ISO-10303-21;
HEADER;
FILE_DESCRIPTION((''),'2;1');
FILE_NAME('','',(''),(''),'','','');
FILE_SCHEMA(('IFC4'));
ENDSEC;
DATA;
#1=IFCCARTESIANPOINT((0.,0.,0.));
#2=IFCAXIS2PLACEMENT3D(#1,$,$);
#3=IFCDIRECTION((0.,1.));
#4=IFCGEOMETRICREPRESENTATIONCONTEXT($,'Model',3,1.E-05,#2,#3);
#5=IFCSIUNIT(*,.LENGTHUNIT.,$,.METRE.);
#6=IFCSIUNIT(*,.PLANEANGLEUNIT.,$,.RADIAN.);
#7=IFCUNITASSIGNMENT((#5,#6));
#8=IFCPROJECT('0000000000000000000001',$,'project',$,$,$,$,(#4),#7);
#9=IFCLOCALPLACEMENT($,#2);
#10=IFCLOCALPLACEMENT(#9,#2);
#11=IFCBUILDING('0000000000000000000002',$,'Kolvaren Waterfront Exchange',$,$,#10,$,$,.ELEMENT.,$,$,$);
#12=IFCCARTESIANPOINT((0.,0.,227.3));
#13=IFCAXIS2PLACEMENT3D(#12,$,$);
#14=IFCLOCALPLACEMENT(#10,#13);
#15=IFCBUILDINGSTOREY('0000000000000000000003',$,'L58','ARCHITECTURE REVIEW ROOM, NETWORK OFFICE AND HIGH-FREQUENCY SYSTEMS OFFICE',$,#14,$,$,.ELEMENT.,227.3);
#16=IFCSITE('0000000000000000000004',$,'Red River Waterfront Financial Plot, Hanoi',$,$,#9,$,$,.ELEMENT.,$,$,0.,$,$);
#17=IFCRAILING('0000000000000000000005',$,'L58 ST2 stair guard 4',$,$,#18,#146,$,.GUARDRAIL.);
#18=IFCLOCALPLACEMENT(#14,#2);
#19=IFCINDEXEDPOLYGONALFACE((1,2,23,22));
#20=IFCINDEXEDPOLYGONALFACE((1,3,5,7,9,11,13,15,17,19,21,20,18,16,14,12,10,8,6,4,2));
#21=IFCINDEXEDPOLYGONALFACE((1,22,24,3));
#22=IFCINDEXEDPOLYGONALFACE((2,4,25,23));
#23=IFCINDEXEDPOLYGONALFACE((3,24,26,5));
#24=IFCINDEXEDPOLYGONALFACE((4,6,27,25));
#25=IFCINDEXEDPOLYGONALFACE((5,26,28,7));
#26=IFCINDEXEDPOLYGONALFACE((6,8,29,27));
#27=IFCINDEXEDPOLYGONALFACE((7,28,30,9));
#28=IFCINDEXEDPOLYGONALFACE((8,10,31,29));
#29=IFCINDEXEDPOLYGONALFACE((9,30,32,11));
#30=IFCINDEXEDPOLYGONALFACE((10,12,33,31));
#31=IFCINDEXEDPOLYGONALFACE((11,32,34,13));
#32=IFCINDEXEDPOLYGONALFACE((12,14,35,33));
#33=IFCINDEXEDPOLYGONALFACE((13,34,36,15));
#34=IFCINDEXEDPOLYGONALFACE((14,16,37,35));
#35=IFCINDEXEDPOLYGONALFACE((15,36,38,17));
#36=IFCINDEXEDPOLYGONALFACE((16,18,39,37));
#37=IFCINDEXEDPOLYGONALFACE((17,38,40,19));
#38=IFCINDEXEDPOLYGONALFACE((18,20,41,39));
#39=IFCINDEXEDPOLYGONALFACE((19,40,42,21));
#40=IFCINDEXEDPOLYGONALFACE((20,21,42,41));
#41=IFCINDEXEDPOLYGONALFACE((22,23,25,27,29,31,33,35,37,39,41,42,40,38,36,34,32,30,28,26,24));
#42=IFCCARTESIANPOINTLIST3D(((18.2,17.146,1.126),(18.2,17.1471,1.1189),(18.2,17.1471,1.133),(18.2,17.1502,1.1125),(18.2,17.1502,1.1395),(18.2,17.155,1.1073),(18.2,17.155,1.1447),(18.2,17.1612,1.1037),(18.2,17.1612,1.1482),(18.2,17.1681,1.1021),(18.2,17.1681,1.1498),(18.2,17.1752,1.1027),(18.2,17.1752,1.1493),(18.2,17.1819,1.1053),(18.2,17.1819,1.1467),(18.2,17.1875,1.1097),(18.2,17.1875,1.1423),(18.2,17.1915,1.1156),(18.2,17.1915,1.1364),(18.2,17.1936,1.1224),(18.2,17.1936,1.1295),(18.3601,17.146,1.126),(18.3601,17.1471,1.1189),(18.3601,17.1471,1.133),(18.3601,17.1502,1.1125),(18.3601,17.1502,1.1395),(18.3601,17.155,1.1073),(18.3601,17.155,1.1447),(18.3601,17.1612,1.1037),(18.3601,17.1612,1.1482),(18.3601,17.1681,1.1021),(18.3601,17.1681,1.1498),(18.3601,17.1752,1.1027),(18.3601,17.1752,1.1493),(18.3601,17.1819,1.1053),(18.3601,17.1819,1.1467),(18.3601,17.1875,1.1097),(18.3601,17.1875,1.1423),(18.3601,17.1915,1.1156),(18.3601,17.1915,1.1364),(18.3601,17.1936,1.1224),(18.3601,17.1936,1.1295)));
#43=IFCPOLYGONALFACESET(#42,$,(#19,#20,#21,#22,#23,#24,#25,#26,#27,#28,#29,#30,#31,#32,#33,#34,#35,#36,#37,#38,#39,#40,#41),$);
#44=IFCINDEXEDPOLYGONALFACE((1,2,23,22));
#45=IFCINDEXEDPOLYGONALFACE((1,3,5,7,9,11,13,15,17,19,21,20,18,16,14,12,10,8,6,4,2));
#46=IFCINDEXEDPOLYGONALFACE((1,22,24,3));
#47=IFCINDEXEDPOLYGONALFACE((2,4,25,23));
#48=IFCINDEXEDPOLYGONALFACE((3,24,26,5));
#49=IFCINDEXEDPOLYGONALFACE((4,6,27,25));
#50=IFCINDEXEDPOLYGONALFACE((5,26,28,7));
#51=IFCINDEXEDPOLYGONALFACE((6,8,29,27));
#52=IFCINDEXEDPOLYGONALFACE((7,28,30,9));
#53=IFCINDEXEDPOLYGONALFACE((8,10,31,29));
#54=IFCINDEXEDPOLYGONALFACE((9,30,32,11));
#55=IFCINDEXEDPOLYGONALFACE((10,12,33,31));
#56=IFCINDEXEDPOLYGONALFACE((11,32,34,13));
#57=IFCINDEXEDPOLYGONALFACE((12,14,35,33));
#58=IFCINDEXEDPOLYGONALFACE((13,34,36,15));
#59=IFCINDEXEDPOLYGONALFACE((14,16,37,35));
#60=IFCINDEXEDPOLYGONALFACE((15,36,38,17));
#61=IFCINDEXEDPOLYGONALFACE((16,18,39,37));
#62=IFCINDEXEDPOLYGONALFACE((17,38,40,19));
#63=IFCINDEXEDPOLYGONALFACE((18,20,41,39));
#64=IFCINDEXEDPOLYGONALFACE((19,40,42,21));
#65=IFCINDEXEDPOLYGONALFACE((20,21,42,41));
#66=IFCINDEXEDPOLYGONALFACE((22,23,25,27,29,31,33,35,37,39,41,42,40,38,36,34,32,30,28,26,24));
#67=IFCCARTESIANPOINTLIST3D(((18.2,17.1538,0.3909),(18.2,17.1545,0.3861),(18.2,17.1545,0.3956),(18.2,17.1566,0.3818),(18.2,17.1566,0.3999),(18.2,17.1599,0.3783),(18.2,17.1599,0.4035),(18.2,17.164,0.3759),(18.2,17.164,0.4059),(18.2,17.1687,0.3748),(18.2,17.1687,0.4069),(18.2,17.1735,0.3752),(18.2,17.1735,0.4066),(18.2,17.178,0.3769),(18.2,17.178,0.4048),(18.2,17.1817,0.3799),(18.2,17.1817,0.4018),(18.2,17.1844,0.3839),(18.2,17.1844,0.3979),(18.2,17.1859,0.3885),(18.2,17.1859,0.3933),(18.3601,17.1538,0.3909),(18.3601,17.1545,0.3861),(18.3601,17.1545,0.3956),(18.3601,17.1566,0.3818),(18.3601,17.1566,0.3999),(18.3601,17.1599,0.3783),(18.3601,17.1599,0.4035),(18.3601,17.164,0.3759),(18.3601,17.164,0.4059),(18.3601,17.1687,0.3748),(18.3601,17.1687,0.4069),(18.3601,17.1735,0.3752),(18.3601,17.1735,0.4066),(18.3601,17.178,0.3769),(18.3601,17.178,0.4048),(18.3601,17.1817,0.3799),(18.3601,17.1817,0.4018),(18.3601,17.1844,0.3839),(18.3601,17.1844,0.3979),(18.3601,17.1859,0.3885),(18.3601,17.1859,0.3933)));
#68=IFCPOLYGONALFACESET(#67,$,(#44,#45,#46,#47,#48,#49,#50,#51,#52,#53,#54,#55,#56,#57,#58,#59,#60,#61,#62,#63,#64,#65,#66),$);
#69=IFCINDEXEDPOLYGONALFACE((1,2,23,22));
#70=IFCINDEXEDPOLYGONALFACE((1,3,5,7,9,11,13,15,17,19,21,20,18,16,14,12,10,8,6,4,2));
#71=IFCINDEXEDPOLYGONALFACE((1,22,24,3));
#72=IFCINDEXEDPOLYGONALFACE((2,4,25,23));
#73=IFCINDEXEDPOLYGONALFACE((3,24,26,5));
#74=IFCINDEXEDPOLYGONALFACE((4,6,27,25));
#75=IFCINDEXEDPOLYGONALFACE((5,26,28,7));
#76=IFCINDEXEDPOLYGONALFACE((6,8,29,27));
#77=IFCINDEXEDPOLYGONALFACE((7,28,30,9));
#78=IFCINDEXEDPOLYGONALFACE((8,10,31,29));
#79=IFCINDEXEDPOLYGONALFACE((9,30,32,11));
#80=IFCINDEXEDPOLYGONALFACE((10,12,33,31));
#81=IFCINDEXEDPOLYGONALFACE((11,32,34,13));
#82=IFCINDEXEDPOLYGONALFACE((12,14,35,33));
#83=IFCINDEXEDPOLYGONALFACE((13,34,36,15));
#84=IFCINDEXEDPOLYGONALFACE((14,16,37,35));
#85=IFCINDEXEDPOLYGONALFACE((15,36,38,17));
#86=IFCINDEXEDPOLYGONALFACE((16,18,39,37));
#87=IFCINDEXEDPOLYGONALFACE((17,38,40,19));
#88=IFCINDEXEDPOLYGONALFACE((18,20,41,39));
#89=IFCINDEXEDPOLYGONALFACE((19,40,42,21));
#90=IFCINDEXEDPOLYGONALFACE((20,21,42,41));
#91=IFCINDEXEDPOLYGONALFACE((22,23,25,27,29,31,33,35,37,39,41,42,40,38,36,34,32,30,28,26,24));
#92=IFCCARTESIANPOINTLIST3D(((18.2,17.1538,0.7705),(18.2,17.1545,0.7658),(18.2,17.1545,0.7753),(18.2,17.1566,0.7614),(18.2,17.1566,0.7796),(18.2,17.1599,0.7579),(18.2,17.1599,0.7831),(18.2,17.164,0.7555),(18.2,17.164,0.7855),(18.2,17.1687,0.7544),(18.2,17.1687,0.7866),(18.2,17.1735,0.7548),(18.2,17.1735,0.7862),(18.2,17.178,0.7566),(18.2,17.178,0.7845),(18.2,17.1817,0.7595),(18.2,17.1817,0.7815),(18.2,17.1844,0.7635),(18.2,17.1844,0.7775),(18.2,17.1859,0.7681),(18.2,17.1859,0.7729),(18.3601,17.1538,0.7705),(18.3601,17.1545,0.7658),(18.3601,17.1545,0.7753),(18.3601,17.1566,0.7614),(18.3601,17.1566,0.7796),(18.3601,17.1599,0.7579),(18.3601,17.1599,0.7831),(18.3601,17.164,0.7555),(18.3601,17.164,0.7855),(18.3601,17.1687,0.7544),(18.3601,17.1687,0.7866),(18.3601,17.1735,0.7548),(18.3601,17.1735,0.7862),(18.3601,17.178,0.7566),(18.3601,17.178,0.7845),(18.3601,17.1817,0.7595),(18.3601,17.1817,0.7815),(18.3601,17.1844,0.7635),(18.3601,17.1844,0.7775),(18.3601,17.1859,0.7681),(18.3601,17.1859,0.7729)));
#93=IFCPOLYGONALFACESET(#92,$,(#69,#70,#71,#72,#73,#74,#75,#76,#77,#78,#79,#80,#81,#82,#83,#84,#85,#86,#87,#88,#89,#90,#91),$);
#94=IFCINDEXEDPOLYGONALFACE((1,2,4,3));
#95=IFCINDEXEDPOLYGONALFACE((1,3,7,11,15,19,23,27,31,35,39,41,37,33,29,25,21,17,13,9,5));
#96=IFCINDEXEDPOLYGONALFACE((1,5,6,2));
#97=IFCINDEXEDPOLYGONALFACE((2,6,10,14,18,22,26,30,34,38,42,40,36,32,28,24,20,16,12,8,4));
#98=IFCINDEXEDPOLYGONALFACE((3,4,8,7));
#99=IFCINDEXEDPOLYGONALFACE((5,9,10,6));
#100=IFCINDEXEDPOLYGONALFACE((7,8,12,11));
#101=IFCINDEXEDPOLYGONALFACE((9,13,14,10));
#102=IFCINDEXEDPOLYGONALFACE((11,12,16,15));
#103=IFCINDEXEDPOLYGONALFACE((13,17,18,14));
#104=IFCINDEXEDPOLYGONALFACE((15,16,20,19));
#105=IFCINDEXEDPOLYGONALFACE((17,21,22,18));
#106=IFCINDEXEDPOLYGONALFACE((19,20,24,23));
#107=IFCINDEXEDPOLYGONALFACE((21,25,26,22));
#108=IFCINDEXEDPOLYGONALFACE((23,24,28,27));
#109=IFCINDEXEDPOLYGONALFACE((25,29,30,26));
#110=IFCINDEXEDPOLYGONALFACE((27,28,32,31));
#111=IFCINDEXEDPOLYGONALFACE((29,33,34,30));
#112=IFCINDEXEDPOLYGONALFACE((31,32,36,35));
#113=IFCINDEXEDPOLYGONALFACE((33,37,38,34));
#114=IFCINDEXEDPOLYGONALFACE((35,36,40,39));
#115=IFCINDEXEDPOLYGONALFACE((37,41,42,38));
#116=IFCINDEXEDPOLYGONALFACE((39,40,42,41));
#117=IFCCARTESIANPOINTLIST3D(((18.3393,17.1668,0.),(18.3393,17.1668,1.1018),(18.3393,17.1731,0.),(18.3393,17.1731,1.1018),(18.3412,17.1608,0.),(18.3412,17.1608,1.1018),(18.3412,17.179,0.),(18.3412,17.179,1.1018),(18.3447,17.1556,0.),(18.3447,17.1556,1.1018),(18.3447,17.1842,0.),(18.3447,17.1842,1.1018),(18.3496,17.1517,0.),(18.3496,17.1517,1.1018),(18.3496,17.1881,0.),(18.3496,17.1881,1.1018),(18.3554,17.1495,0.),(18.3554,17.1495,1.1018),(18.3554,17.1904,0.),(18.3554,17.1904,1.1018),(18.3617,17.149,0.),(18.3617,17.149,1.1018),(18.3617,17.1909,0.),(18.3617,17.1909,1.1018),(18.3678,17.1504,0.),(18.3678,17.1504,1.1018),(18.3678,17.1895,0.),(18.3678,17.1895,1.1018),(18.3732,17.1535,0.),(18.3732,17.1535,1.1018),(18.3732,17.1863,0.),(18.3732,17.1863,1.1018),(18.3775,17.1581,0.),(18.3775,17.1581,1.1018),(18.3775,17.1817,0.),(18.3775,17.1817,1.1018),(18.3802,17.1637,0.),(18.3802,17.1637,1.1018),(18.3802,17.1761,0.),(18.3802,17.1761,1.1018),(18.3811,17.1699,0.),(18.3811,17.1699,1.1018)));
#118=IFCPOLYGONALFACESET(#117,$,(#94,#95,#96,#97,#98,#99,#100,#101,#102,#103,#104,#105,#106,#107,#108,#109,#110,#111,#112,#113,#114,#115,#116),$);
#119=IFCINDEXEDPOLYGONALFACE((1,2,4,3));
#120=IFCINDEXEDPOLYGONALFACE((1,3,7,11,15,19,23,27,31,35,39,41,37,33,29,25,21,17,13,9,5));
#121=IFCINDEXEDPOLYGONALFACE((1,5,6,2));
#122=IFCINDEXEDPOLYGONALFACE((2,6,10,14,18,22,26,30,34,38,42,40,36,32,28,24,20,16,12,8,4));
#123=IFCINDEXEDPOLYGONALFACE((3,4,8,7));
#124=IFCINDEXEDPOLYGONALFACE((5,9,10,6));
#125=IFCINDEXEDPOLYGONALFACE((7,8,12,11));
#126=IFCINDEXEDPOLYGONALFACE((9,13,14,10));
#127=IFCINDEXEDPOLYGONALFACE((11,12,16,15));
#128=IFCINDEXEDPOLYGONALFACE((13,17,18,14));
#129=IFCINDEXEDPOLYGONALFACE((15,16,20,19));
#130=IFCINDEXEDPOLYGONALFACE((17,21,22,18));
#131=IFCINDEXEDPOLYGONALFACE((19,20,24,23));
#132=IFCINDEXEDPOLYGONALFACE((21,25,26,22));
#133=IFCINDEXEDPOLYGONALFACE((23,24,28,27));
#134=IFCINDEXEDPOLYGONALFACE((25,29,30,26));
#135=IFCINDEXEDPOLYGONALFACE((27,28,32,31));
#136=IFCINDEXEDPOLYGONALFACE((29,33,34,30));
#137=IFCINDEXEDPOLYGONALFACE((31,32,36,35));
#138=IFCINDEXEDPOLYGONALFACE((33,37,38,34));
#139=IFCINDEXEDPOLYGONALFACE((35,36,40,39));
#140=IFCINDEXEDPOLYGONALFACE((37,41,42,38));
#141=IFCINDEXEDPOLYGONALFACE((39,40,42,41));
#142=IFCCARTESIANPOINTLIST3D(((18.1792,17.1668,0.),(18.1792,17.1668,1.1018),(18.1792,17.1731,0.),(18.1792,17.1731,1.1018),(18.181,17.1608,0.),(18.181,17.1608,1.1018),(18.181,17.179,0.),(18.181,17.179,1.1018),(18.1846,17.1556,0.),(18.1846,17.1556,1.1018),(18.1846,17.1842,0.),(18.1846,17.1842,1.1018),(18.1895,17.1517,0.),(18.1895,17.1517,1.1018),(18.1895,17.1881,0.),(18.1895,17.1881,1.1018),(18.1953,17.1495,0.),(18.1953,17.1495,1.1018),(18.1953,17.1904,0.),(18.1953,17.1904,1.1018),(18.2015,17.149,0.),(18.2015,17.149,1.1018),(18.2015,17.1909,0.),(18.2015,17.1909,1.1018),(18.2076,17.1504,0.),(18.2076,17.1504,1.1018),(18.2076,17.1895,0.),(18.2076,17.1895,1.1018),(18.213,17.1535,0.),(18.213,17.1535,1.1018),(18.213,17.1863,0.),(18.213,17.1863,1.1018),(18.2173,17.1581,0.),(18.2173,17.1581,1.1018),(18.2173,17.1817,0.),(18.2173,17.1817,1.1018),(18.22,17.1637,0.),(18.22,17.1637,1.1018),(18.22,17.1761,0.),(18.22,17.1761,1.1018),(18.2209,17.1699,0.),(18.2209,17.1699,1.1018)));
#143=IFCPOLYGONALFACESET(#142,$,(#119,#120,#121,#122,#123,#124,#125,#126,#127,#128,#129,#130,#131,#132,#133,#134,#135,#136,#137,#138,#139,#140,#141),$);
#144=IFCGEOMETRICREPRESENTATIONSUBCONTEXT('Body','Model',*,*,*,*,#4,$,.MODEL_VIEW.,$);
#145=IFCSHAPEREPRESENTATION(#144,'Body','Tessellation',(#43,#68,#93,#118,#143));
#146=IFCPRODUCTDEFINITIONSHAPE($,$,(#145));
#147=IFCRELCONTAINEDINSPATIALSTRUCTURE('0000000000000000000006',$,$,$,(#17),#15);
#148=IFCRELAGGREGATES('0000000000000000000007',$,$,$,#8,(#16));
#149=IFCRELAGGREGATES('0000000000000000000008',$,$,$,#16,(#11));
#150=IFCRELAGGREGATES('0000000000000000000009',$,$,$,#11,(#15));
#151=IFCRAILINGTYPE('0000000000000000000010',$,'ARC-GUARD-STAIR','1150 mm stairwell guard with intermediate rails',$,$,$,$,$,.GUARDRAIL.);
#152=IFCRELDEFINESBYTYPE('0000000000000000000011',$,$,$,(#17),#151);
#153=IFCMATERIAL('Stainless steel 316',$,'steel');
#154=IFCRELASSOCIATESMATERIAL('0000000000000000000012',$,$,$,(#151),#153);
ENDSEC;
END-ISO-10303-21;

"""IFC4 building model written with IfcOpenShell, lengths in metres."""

from ifc_helpers import new_model, si_unit, direction, frame, origin, origin_2d, place, context, subcontext, project, spatial, circle, extrude, material, type_object, element, save


model = new_model("IFC4")

# Units and contexts
model_context = context("Model", 3, precision=1e-05, world=origin(), true_north=direction((0.0, 1.0)))
body_context = subcontext(model_context, "Body", "Model", "MODEL_VIEW")
ifc_project = project(units=[si_unit("LENGTHUNIT", "METRE"), si_unit("PLANEANGLEUNIT", "RADIAN")], contexts=[model_context])

# Site, building, storey
site_placement = place(None, origin())
site = spatial("IfcSite", under=ifc_project, at=site_placement, Name="Red River Waterfront Financial Plot, Hanoi", CompositionType="ELEMENT", RefElevation=0.0)
building_placement = place(site_placement, origin())
building = spatial("IfcBuilding", under=site, at=building_placement, Name="Kolvaren Waterfront Exchange", CompositionType="ELEMENT")
storey_placement = place(building_placement, frame((0.0, 0.0, 227.3)))
storey = spatial("IfcBuildingStorey", under=building, at=storey_placement, Name="L58", Description="ARCHITECTURE REVIEW ROOM, NETWORK OFFICE AND HIGH-FREQUENCY SYSTEMS OFFICE", CompositionType="ELEMENT", Elevation=227.3)

# Railing
ifc_material_1 = material(Name="Stainless steel 316", Category="steel")
railing_type_1 = type_object("IfcRailingType", Name="ARC-GUARD-STAIR", Description="1150 mm stairwell guard with intermediate rails", PredefinedType="GUARDRAIL", material=ifc_material_1)
railing_1_placement = place(storey_placement, frame((18.3601, 17.1699, 0.0)))
element("IfcRailing", 1, at=railing_1_placement, inside=storey, type_object=railing_type_1, Name="L58 ST2 stair guard 4", PredefinedType="GUARDRAIL", context=body_context, shape_type="SweptSolid", body=[
    extrude(circle(Radius=0.0239, at=origin_2d()), frame((0.0, 0.0, 1.126), z_axis=(-1.0, 0.0, 0.0), x_axis=(0.0, -1.0, 0.0)), (0.0, 0.0, 1.0), 0.1602),
    extrude(circle(Radius=0.0161, at=origin_2d()), frame((0.0, 0.0, 0.3909), z_axis=(-1.0, 0.0, 0.0), x_axis=(0.0, -1.0, 0.0)), (0.0, 0.0, 1.0), 0.1602),
    extrude(circle(Radius=0.0161, at=origin_2d()), frame((0.0, 0.0, 0.7705), z_axis=(-1.0, 0.0, 0.0), x_axis=(0.0, -1.0, 0.0)), (0.0, 0.0, 1.0), 0.1602),
    extrude(circle(Radius=0.021, at=origin_2d()), origin(), (0.0, 0.0, 1.0), 1.1018),
    extrude(circle(Radius=0.021, at=origin_2d()), frame((-0.1602, 0.0, 0.0)), (0.0, 0.0, 1.0), 1.1018),
])

save(model, "model.ifc")
